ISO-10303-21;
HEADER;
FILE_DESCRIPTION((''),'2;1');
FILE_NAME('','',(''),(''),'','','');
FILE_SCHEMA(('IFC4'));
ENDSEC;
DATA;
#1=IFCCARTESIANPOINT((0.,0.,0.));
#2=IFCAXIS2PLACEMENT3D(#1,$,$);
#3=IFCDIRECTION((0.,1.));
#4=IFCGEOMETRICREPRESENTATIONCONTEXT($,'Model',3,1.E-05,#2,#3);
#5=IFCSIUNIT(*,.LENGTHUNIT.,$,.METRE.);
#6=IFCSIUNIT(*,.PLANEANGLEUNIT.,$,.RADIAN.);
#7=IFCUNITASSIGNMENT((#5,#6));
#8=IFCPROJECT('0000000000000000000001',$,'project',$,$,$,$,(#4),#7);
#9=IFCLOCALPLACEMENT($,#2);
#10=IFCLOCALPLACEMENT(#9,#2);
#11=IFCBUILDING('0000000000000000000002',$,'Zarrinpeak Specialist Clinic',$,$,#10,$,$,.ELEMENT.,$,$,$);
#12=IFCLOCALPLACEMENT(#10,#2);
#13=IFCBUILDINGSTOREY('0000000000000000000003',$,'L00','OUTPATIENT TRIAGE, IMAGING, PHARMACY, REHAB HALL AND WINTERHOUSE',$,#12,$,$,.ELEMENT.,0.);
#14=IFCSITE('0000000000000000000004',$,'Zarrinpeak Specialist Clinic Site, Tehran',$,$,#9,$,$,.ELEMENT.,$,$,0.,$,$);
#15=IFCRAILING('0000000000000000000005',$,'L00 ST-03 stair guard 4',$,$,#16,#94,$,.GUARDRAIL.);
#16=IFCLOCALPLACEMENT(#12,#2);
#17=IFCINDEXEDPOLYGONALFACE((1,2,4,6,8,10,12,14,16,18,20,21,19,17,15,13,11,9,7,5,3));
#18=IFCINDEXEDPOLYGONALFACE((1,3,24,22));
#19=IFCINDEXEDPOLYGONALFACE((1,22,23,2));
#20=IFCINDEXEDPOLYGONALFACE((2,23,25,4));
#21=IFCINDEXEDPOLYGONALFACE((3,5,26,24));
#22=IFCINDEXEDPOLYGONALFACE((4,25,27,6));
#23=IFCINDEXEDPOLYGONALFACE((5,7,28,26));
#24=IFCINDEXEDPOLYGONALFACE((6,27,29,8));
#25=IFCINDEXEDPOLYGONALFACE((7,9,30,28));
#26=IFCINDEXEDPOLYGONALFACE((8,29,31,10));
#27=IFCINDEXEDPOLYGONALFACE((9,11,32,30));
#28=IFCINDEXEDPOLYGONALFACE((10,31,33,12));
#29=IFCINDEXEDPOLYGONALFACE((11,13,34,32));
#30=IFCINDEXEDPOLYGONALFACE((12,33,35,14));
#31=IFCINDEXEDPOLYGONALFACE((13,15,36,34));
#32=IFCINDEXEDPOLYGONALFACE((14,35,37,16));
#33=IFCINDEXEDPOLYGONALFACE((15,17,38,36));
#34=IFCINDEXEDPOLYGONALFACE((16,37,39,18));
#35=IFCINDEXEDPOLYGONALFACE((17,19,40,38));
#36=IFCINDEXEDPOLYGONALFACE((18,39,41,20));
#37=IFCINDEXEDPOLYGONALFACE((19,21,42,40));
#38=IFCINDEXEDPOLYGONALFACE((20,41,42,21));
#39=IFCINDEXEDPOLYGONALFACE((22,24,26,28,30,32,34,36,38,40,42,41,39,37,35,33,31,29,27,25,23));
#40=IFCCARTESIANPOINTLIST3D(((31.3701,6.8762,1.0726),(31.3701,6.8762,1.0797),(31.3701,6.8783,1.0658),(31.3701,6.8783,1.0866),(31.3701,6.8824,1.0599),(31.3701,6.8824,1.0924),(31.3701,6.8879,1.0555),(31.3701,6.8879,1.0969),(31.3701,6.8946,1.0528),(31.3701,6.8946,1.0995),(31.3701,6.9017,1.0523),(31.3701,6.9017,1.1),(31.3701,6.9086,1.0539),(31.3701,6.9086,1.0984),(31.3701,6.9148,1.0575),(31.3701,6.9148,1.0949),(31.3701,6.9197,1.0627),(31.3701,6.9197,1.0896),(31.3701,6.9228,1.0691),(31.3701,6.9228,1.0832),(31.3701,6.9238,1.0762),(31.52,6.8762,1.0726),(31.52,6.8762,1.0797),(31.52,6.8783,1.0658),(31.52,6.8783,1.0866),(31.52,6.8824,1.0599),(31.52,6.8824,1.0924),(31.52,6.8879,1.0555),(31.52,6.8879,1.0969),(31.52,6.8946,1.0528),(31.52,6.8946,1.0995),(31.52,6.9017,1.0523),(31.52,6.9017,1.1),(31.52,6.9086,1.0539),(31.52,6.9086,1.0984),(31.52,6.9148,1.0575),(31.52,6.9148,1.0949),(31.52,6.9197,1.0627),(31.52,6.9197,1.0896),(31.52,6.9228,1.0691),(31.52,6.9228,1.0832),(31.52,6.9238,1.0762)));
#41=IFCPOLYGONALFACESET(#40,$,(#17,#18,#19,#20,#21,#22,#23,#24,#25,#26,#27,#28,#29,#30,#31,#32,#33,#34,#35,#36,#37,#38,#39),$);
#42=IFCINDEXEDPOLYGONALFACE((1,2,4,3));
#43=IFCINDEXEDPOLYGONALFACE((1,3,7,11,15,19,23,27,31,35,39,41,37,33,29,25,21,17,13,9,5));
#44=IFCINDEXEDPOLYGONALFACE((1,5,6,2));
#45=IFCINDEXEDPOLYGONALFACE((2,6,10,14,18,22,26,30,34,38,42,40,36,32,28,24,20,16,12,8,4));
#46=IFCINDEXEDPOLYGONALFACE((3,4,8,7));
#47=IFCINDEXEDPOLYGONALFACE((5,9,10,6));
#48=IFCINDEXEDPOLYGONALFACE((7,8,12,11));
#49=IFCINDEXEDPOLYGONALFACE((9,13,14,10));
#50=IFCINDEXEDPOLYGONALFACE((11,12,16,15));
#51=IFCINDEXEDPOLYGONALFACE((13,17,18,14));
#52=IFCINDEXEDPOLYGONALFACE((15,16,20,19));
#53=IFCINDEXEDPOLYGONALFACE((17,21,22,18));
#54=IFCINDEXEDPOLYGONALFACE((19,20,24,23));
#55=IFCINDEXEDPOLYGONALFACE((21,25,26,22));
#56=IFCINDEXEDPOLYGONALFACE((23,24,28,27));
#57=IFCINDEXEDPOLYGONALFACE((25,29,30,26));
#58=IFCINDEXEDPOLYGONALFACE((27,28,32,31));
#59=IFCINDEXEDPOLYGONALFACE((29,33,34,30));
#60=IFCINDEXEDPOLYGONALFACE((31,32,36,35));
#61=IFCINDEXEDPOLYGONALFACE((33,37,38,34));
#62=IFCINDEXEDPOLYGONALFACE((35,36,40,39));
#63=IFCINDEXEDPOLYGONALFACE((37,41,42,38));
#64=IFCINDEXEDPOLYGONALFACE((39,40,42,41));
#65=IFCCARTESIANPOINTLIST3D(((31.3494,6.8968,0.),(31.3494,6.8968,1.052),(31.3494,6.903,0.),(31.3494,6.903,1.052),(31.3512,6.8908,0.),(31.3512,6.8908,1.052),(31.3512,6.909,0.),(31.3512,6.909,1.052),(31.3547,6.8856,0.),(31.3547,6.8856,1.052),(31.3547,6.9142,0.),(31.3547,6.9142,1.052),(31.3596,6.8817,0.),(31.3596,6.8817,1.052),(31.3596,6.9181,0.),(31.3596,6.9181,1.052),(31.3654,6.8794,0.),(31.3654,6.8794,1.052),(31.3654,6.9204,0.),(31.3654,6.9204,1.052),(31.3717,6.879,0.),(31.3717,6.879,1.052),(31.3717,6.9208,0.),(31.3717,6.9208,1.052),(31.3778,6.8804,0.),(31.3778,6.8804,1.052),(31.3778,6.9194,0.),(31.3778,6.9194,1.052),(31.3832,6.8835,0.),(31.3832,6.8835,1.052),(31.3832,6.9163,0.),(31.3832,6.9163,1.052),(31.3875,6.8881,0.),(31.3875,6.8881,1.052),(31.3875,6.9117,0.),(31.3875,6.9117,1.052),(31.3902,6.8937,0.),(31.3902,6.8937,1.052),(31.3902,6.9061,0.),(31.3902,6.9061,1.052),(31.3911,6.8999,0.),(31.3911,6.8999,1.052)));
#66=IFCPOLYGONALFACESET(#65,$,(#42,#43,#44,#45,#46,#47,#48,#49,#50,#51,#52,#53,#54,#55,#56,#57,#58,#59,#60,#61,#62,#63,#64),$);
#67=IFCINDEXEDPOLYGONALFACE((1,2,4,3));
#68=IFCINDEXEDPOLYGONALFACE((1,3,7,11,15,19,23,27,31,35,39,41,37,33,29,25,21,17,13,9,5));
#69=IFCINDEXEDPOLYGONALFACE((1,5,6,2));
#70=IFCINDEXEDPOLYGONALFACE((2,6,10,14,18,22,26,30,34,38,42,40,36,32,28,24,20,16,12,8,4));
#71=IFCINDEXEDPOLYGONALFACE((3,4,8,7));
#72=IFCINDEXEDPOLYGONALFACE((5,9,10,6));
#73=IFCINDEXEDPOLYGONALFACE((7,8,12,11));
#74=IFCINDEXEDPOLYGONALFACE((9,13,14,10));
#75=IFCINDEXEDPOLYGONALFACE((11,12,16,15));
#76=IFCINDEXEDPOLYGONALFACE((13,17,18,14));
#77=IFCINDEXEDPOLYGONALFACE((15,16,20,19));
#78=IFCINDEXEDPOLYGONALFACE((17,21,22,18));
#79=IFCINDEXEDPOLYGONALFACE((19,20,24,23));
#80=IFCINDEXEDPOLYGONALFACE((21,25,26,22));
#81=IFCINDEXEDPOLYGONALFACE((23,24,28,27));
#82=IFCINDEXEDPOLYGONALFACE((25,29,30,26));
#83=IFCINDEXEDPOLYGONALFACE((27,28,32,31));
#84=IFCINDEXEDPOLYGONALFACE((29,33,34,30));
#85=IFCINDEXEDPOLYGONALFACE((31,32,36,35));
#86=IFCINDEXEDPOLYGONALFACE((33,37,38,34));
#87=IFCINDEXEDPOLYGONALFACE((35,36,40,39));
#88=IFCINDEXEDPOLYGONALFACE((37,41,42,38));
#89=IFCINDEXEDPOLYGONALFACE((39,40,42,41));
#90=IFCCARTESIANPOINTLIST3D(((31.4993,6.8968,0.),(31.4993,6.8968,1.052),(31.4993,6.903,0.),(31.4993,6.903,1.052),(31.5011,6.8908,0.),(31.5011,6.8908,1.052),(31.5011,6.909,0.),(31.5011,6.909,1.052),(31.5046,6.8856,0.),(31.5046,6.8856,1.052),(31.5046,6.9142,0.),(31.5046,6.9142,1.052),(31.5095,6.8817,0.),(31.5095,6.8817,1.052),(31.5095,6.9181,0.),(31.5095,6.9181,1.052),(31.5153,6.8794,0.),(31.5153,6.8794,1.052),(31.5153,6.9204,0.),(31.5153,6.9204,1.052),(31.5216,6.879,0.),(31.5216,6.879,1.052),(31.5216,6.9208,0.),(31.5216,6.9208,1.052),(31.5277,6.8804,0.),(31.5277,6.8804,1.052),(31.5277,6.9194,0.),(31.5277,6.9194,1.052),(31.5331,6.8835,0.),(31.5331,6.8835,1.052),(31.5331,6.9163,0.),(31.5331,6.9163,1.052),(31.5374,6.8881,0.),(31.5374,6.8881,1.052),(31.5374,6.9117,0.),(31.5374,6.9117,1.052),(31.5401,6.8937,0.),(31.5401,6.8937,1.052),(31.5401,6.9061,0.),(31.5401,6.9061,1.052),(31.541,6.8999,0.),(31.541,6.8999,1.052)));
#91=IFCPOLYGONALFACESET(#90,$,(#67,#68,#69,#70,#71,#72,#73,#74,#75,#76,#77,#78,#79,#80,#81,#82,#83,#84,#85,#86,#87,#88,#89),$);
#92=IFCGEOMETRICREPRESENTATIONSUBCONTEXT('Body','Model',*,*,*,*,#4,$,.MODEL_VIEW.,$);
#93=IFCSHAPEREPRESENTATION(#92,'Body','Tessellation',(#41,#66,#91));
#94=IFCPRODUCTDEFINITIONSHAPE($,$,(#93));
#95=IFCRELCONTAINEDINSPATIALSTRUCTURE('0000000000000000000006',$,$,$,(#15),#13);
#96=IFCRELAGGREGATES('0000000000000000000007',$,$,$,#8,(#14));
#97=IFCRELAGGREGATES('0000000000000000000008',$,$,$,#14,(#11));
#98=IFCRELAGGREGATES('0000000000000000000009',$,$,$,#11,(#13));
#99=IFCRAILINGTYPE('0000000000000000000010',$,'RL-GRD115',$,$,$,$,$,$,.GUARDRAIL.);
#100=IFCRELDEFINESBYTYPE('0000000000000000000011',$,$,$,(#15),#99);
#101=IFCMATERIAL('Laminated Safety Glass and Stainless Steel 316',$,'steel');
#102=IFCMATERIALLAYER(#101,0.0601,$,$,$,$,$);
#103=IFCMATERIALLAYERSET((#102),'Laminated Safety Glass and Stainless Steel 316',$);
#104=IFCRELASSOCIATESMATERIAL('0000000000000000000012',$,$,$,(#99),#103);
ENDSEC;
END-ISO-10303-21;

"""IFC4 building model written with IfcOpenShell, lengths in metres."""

from ifc_helpers import new_model, si_unit, direction, frame, origin, origin_2d, place, context, subcontext, project, spatial, circle, extrude, material, layer, layer_set, type_object, element, save


model = new_model("IFC4")

# Units and contexts
model_context = context("Model", 3, precision=1e-05, world=origin(), true_north=direction((0.0, 1.0)))
body_context = subcontext(model_context, "Body", "Model", "MODEL_VIEW")
ifc_project = project(units=[si_unit("LENGTHUNIT", "METRE"), si_unit("PLANEANGLEUNIT", "RADIAN")], contexts=[model_context])

# Site, building, storey
site_placement = place(None, origin())
site = spatial("IfcSite", under=ifc_project, at=site_placement, Name="Zarrinpeak Specialist Clinic Site, Tehran", CompositionType="ELEMENT", RefElevation=0.0)
building_placement = place(site_placement, origin())
building = spatial("IfcBuilding", under=site, at=building_placement, Name="Zarrinpeak Specialist Clinic", CompositionType="ELEMENT")
storey_placement = place(building_placement, origin())
storey = spatial("IfcBuildingStorey", under=building, at=storey_placement, Name="L00", Description="OUTPATIENT TRIAGE, IMAGING, PHARMACY, REHAB HALL AND WINTERHOUSE", CompositionType="ELEMENT", Elevation=0.0)

# Railing
ifc_material_1 = material(Name="Laminated Safety Glass and Stainless Steel 316", Category="steel")
ifc_layer_1 = layer(ifc_material_1, 0.0601)
ifc_layer_set_1 = layer_set([ifc_layer_1], Name="Laminated Safety Glass and Stainless Steel 316")
railing_type_1 = type_object("IfcRailingType", Name="RL-GRD115", PredefinedType="GUARDRAIL", material=ifc_layer_set_1)
railing_1_placement = place(storey_placement, frame((31.3701, 6.8999, 0.0)))
element("IfcRailing", 1, at=railing_1_placement, inside=storey, type_object=railing_type_1, Name="L00 ST-03 stair guard 4", PredefinedType="GUARDRAIL", context=body_context, shape_type="SweptSolid", body=[
    extrude(circle(Radius=0.0239, at=origin_2d()), frame((0.0, 0.0, 1.0762), z_axis=(1.0, 0.0, 0.0), x_axis=(0.0, 1.0, 0.0)), (0.0, 0.0, 1.0), 0.1499),
    extrude(circle(Radius=0.021, at=origin_2d()), origin(), (0.0, 0.0, 1.0), 1.052),
    extrude(circle(Radius=0.021, at=origin_2d()), frame((0.1499, 0.0, 0.0)), (0.0, 0.0, 1.0), 1.052),
])

save(model, "model.ifc")
